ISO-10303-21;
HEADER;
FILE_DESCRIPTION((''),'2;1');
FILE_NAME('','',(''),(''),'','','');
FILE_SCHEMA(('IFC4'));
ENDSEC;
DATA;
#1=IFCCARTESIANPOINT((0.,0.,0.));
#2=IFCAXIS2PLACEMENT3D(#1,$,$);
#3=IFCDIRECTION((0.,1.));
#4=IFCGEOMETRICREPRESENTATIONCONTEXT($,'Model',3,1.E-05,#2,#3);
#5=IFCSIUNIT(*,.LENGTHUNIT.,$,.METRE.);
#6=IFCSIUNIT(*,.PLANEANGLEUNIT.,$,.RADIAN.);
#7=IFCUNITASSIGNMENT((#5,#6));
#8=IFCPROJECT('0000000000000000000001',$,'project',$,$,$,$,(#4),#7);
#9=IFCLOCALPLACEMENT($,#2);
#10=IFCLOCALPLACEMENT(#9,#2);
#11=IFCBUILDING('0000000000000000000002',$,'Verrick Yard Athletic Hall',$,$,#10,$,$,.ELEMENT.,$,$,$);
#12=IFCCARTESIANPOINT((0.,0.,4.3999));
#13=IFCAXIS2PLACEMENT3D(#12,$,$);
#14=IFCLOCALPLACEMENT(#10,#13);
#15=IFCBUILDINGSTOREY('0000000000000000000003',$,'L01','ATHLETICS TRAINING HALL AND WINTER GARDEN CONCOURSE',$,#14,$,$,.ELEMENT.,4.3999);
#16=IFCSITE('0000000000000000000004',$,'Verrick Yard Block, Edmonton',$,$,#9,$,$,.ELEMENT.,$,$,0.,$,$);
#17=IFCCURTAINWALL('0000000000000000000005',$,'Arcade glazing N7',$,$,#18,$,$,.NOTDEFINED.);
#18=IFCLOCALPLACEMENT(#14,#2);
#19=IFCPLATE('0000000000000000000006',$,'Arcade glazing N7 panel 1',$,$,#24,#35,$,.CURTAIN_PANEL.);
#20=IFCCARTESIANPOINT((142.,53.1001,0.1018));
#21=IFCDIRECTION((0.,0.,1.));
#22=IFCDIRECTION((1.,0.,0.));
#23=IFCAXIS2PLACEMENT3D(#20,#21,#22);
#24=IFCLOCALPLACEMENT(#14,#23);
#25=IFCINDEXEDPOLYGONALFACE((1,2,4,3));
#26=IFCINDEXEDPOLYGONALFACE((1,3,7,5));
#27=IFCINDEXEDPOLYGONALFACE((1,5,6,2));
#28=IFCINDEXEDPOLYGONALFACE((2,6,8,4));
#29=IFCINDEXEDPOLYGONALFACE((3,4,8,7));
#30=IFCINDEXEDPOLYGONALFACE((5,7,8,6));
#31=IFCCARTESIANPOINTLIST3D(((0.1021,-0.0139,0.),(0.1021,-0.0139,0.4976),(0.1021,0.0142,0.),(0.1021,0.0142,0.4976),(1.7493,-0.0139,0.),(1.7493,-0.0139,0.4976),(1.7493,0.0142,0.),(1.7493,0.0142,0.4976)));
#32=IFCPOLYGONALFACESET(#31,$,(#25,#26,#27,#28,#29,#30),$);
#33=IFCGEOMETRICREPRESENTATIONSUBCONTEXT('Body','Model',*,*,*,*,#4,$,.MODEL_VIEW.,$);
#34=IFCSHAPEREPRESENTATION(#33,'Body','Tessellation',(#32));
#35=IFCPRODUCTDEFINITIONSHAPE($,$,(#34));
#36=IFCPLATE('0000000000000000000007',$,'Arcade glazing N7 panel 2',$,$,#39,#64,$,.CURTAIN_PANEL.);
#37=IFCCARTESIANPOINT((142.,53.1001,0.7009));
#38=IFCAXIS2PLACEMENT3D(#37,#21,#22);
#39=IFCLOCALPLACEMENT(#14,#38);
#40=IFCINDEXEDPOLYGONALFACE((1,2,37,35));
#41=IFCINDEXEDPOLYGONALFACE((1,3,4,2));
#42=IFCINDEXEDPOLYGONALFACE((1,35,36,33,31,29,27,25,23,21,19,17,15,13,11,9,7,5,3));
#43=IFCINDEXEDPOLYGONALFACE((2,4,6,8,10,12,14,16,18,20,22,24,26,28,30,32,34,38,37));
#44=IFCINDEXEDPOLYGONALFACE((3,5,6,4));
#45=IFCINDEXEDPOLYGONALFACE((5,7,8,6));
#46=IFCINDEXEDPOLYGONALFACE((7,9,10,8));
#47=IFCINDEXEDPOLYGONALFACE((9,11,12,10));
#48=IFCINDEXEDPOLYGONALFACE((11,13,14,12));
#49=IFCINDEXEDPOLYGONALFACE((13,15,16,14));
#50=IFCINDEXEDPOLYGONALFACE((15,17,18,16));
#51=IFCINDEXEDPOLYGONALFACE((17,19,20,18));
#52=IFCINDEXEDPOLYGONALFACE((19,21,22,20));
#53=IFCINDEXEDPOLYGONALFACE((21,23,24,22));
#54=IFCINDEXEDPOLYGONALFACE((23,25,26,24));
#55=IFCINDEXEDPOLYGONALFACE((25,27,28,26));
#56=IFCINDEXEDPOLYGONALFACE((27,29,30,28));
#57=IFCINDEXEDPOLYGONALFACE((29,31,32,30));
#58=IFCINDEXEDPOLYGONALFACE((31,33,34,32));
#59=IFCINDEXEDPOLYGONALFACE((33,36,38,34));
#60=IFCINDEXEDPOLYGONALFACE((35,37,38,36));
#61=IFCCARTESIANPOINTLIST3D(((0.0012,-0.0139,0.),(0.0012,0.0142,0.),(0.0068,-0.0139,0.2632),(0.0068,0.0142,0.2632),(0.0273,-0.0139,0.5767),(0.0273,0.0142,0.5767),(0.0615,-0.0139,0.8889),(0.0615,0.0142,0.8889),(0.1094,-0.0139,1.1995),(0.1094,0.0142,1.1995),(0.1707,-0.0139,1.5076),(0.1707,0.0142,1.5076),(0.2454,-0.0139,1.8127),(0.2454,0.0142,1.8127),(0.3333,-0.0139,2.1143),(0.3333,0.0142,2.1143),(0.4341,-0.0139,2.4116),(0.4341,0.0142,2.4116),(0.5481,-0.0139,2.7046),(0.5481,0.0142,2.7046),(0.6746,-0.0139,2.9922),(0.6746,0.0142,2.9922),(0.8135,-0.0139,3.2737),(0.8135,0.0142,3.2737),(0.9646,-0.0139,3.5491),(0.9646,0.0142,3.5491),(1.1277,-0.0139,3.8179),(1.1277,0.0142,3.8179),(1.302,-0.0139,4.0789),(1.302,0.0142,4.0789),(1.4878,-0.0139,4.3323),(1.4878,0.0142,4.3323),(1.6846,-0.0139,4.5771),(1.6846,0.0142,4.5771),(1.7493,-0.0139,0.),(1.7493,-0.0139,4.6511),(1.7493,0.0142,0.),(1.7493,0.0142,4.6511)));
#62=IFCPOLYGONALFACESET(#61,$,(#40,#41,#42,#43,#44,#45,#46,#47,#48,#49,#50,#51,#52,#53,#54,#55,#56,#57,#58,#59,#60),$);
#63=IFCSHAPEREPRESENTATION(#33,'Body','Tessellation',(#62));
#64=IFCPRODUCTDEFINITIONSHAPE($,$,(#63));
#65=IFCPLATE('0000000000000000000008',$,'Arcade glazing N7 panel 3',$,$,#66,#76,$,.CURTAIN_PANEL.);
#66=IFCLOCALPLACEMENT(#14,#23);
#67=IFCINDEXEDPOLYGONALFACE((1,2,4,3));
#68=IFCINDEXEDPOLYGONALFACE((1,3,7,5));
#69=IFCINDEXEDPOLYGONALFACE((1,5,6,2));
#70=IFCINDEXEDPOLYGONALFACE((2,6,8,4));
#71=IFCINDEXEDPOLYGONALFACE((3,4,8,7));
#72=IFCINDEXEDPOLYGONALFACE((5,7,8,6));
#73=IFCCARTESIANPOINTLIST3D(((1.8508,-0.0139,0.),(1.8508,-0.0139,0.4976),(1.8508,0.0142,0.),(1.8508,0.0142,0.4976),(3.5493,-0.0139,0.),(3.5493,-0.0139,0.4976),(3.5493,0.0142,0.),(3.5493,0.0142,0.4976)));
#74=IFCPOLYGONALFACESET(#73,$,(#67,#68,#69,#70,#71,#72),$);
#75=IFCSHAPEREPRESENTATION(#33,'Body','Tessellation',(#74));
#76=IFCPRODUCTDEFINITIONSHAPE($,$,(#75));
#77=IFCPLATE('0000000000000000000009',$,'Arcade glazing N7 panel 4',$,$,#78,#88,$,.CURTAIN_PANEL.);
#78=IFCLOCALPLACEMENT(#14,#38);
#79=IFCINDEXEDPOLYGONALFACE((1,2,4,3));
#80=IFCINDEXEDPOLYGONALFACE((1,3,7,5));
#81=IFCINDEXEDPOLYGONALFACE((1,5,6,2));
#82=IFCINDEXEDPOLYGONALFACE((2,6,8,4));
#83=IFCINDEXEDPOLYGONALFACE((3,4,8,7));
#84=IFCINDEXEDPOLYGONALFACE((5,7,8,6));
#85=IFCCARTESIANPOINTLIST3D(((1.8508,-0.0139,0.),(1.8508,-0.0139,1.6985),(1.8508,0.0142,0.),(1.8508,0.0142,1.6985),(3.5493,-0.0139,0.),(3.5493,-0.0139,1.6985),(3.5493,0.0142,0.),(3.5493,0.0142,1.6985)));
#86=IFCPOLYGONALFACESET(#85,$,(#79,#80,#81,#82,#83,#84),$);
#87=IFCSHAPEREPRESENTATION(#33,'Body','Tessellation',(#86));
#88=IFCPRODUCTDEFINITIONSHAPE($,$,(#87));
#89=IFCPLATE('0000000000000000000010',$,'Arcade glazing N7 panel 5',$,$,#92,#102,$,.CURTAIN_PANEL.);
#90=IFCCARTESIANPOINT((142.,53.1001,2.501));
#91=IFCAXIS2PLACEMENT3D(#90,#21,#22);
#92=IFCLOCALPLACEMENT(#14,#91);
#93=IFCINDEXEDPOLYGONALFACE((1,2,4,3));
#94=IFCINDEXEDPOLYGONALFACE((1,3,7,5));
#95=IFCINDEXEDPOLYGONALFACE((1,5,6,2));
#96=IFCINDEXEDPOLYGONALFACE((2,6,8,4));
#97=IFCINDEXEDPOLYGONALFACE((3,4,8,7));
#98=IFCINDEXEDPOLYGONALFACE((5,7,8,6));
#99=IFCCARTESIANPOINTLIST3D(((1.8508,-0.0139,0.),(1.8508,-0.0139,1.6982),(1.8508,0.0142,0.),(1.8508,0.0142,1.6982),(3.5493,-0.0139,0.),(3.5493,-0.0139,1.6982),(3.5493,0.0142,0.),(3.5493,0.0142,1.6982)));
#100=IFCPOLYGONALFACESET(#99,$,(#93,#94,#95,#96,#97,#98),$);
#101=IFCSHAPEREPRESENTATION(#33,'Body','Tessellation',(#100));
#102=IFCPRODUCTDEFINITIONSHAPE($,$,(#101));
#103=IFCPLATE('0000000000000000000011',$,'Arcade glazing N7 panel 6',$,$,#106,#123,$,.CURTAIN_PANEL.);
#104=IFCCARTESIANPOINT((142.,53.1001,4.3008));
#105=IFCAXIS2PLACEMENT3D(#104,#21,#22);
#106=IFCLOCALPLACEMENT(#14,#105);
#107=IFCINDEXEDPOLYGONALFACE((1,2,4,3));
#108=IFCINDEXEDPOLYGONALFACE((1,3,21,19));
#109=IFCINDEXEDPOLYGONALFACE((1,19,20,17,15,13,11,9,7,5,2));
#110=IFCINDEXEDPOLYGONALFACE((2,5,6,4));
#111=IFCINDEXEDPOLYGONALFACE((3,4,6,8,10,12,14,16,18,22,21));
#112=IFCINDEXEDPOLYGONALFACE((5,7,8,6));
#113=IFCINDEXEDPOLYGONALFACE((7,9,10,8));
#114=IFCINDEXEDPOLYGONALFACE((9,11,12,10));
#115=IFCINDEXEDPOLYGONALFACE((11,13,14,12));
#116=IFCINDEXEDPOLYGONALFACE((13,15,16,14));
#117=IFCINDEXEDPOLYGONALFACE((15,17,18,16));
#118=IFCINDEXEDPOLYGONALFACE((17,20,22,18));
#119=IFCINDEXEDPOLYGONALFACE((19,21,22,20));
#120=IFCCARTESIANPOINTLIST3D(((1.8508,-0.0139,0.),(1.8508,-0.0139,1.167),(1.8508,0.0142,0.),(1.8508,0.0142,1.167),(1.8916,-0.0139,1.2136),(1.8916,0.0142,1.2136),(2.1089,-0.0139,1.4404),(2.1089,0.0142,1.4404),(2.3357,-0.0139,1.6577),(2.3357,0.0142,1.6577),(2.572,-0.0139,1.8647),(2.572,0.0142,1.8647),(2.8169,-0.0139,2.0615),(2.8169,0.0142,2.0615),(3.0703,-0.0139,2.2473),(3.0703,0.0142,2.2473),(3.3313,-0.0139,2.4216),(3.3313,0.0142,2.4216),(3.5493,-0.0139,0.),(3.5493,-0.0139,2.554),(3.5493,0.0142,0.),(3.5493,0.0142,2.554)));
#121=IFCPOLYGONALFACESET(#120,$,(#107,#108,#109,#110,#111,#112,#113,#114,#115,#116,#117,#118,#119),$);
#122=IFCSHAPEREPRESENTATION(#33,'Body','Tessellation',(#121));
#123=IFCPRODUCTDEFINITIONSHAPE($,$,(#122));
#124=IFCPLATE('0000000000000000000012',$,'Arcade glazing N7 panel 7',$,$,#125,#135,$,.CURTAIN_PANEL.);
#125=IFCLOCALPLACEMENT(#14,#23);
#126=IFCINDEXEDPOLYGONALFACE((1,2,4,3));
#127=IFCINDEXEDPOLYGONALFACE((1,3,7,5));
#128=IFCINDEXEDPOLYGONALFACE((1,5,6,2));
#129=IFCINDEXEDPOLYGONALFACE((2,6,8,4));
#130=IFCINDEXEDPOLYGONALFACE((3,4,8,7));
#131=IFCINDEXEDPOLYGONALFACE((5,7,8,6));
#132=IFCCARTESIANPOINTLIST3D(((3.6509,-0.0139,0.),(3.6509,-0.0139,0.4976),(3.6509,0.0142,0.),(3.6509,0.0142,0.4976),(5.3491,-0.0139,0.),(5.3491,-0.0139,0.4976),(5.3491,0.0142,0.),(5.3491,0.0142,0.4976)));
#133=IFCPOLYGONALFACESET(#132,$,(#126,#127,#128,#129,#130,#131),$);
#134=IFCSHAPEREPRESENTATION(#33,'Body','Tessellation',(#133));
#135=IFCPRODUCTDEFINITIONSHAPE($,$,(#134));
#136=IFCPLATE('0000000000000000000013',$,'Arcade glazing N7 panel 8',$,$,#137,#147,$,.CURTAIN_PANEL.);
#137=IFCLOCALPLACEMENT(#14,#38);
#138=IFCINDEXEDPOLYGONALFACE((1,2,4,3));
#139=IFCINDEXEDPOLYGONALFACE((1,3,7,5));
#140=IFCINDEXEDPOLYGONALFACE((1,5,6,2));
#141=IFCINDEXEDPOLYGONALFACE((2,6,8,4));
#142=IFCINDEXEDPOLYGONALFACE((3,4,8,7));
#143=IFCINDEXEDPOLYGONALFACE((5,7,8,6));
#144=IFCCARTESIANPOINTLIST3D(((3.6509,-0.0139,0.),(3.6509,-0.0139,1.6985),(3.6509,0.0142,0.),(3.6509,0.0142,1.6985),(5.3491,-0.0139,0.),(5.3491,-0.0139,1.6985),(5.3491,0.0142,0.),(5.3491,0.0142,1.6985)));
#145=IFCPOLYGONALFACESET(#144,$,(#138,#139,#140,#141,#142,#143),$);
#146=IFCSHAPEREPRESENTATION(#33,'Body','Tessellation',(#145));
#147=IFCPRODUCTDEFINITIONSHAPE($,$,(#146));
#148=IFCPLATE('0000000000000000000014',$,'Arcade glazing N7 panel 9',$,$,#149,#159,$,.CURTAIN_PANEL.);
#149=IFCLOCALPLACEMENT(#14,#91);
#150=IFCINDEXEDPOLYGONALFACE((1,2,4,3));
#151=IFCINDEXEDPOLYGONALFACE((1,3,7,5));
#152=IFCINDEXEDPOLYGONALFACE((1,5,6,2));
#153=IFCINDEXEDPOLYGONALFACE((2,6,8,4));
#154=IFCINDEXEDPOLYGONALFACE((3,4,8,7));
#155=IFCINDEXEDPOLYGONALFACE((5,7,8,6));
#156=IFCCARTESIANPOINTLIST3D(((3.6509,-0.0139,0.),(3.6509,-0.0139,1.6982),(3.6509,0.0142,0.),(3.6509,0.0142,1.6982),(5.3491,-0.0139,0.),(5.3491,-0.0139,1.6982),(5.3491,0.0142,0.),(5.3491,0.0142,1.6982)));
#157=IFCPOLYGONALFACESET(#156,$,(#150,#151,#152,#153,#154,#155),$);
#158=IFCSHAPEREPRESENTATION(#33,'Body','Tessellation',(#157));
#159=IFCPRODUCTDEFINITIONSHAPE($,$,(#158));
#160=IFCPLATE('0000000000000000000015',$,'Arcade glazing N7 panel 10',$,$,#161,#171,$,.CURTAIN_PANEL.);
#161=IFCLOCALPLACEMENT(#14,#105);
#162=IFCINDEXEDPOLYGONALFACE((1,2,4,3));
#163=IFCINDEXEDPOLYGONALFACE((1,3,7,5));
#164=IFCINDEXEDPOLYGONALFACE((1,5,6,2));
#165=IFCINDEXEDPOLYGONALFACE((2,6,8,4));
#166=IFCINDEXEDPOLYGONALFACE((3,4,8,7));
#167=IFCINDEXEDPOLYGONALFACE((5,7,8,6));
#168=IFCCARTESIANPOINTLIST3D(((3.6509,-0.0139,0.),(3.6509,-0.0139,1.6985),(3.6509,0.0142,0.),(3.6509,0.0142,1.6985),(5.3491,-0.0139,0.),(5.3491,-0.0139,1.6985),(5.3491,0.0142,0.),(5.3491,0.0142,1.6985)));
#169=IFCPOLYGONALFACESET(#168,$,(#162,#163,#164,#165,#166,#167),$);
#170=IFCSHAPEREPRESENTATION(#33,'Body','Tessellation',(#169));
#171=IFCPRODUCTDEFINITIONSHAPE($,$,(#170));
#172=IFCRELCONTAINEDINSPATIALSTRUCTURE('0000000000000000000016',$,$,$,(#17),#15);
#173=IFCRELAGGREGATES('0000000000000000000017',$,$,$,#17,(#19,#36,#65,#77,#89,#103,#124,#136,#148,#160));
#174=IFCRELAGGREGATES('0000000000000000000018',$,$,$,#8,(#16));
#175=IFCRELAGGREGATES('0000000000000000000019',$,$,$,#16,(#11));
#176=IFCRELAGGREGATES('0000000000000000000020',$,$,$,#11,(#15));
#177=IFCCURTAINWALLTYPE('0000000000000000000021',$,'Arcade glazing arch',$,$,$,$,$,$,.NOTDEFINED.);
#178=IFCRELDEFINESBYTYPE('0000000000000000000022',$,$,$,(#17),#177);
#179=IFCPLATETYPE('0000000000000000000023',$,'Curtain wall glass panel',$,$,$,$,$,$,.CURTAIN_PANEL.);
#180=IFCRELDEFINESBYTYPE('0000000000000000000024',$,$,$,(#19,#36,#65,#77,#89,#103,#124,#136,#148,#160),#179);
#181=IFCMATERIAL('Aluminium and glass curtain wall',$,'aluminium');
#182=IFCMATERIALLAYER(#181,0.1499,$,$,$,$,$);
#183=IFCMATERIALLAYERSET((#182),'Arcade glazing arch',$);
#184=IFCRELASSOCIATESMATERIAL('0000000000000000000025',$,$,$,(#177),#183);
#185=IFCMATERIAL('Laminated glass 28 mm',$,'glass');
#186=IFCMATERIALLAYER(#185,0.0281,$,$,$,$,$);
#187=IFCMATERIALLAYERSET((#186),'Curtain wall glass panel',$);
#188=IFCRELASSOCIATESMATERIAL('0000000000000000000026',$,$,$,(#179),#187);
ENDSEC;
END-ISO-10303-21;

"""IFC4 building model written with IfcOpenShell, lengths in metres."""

from ifc_helpers import new_model, si_unit, direction, frame, origin, place, context, subcontext, project, spatial, polyline, outline, extrude, material, layer, layer_set, type_object, element, aggregate, save


model = new_model("IFC4")

# Units and contexts
model_context = context("Model", 3, precision=1e-05, world=origin(), true_north=direction((0.0, 1.0)))
body_context = subcontext(model_context, "Body", "Model", "MODEL_VIEW")
ifc_project = project(units=[si_unit("LENGTHUNIT", "METRE"), si_unit("PLANEANGLEUNIT", "RADIAN")], contexts=[model_context])

# Site, building, storey
site_placement = place(None, origin())
site = spatial("IfcSite", under=ifc_project, at=site_placement, Name="Verrick Yard Block, Edmonton", CompositionType="ELEMENT", RefElevation=0.0)
building_placement = place(site_placement, origin())
building = spatial("IfcBuilding", under=site, at=building_placement, Name="Verrick Yard Athletic Hall", CompositionType="ELEMENT")
storey_placement = place(building_placement, frame((0.0, 0.0, 4.3999)))
storey = spatial("IfcBuildingStorey", under=building, at=storey_placement, Name="L01", Description="ATHLETICS TRAINING HALL AND WINTER GARDEN CONCOURSE", CompositionType="ELEMENT", Elevation=4.3999)

# Shared definitions
ifc_material_1 = material(Name="Aluminium and glass curtain wall", Category="aluminium")
ifc_layer_1 = layer(ifc_material_1, 0.1499)
ifc_layer_set_1 = layer_set([ifc_layer_1], Name="Arcade glazing arch")
curtain_wall_type = type_object("IfcCurtainWallType", Name="Arcade glazing arch", PredefinedType="NOTDEFINED", material=ifc_layer_set_1)

# Curtain wall, plates
curtain_wall_1_placement = place(storey_placement, origin())
curtain_wall_1 = element("IfcCurtainWall", 1, at=curtain_wall_1_placement, inside=storey, type_object=curtain_wall_type, Name="Arcade glazing N7", PredefinedType="NOTDEFINED")
ifc_material_2 = material(Name="Laminated glass 28 mm", Category="glass")
ifc_layer_2 = layer(ifc_material_2, 0.0281)
ifc_layer_set_2 = layer_set([ifc_layer_2], Name="Curtain wall glass panel")
plate_type = type_object("IfcPlateType", Name="Curtain wall glass panel", PredefinedType="CURTAIN_PANEL", material=ifc_layer_set_2)
plate_1_placement = place(storey_placement, frame((142.0, 53.1001, 0.1018), z_axis=(0.0, 0.0, 1.0), x_axis=(1.0, 0.0, 0.0)))
plate_1 = element("IfcPlate", 2, at=plate_1_placement, type_object=plate_type, Name="Arcade glazing N7 panel 1", PredefinedType="CURTAIN_PANEL", context=body_context, shape_type="SweptSolid", body=[
    extrude(outline(polyline([(1.7493, 0.0), (1.7493, 0.4976), (0.1021, 0.4976), (0.1021, 0.0), (1.7493, 0.0)])), frame((0.0, 0.0142, 0.0), z_axis=(0.0, -1.0, 0.0), x_axis=(1.0, 0.0, 0.0)), (0.0, 0.0, 1.0), 0.0281),
])
plate_2_placement = place(storey_placement, frame((142.0, 53.1001, 0.7009), z_axis=(0.0, 0.0, 1.0), x_axis=(1.0, 0.0, 0.0)))
plate_2 = element("IfcPlate", 3, at=plate_2_placement, type_object=plate_type, Name="Arcade glazing N7 panel 2", PredefinedType="CURTAIN_PANEL", context=body_context, shape_type="SweptSolid", body=[
    extrude(outline(polyline([(1.7493, 4.6511), (1.6846, 4.5771), (1.4878, 4.3323), (1.302, 4.0789), (1.1277, 3.8179), (0.9646, 3.5491), (0.8135, 3.2737), (0.6746, 2.9922), (0.5481, 2.7046), (0.4341, 2.4116), (0.3333, 2.1143), (0.2454, 1.8127), (0.1707, 1.5076), (0.1094, 1.1995), (0.0615, 0.8889), (0.0273, 0.5767), (0.0068, 0.2632), (0.0012, 0.0), (1.7493, 0.0), (1.7493, 4.6511)])), frame((0.0, 0.0142, 0.0), z_axis=(0.0, -1.0, 0.0), x_axis=(1.0, 0.0, 0.0)), (0.0, 0.0, 1.0), 0.0281),
])
plate_3_placement = place(storey_placement, frame((142.0, 53.1001, 0.1018), z_axis=(0.0, 0.0, 1.0), x_axis=(1.0, 0.0, 0.0)))
plate_3 = element("IfcPlate", 4, at=plate_3_placement, type_object=plate_type, Name="Arcade glazing N7 panel 3", PredefinedType="CURTAIN_PANEL", context=body_context, shape_type="SweptSolid", body=[
    extrude(outline(polyline([(3.5493, 0.0), (3.5493, 0.4976), (1.8508, 0.4976), (1.8508, 0.0), (3.5493, 0.0)])), frame((0.0, 0.0142, 0.0), z_axis=(0.0, -1.0, 0.0), x_axis=(1.0, 0.0, 0.0)), (0.0, 0.0, 1.0), 0.0281),
])
plate_4_placement = place(storey_placement, frame((142.0, 53.1001, 0.7009), z_axis=(0.0, 0.0, 1.0), x_axis=(1.0, 0.0, 0.0)))
plate_4 = element("IfcPlate", 5, at=plate_4_placement, type_object=plate_type, Name="Arcade glazing N7 panel 4", PredefinedType="CURTAIN_PANEL", context=body_context, shape_type="SweptSolid", body=[
    extrude(outline(polyline([(3.5493, 0.0), (3.5493, 1.6985), (1.8508, 1.6985), (1.8508, 0.0), (3.5493, 0.0)])), frame((0.0, 0.0142, 0.0), z_axis=(0.0, -1.0, 0.0), x_axis=(1.0, 0.0, 0.0)), (0.0, 0.0, 1.0), 0.0281),
])
plate_5_placement = place(storey_placement, frame((142.0, 53.1001, 2.501), z_axis=(0.0, 0.0, 1.0), x_axis=(1.0, 0.0, 0.0)))
plate_5 = element("IfcPlate", 6, at=plate_5_placement, type_object=plate_type, Name="Arcade glazing N7 panel 5", PredefinedType="CURTAIN_PANEL", context=body_context, shape_type="SweptSolid", body=[
    extrude(outline(polyline([(3.5493, 0.0), (3.5493, 1.6982), (1.8508, 1.6982), (1.8508, 0.0), (3.5493, 0.0)])), frame((0.0, 0.0142, 0.0), z_axis=(0.0, -1.0, 0.0), x_axis=(1.0, 0.0, 0.0)), (0.0, 0.0, 1.0), 0.0281),
])
plate_6_placement = place(storey_placement, frame((142.0, 53.1001, 4.3008), z_axis=(0.0, 0.0, 1.0), x_axis=(1.0, 0.0, 0.0)))
plate_6 = element("IfcPlate", 7, at=plate_6_placement, type_object=plate_type, Name="Arcade glazing N7 panel 6", PredefinedType="CURTAIN_PANEL", context=body_context, shape_type="SweptSolid", body=[
    extrude(outline(polyline([(3.5493, 2.554), (3.3313, 2.4216), (3.0703, 2.2473), (2.8169, 2.0615), (2.572, 1.8647), (2.3357, 1.6577), (2.1089, 1.4404), (1.8916, 1.2136), (1.8508, 1.167), (1.8508, 0.0), (3.5493, 0.0), (3.5493, 2.554)])), frame((0.0, 0.0142, 0.0), z_axis=(0.0, -1.0, 0.0), x_axis=(1.0, 0.0, 0.0)), (0.0, 0.0, 1.0), 0.0281),
])
plate_7_placement = place(storey_placement, frame((142.0, 53.1001, 0.1018), z_axis=(0.0, 0.0, 1.0), x_axis=(1.0, 0.0, 0.0)))
plate_7 = element("IfcPlate", 8, at=plate_7_placement, type_object=plate_type, Name="Arcade glazing N7 panel 7", PredefinedType="CURTAIN_PANEL", context=body_context, shape_type="SweptSolid", body=[
    extrude(outline(polyline([(5.3491, 0.0), (5.3491, 0.4976), (3.6509, 0.4976), (3.6509, 0.0), (5.3491, 0.0)])), frame((0.0, 0.0142, 0.0), z_axis=(0.0, -1.0, 0.0), x_axis=(1.0, 0.0, 0.0)), (0.0, 0.0, 1.0), 0.0281),
])
plate_8_placement = place(storey_placement, frame((142.0, 53.1001, 0.7009), z_axis=(0.0, 0.0, 1.0), x_axis=(1.0, 0.0, 0.0)))
plate_8 = element("IfcPlate", 9, at=plate_8_placement, type_object=plate_type, Name="Arcade glazing N7 panel 8", PredefinedType="CURTAIN_PANEL", context=body_context, shape_type="SweptSolid", body=[
    extrude(outline(polyline([(5.3491, 0.0), (5.3491, 1.6985), (3.6509, 1.6985), (3.6509, 0.0), (5.3491, 0.0)])), frame((0.0, 0.0142, 0.0), z_axis=(0.0, -1.0, 0.0), x_axis=(1.0, 0.0, 0.0)), (0.0, 0.0, 1.0), 0.0281),
])
plate_9_placement = place(storey_placement, frame((142.0, 53.1001, 2.501), z_axis=(0.0, 0.0, 1.0), x_axis=(1.0, 0.0, 0.0)))
plate_9 = element("IfcPlate", 10, at=plate_9_placement, type_object=plate_type, Name="Arcade glazing N7 panel 9", PredefinedType="CURTAIN_PANEL", context=body_context, shape_type="SweptSolid", body=[
    extrude(outline(polyline([(5.3491, 0.0), (5.3491, 1.6982), (3.6509, 1.6982), (3.6509, 0.0), (5.3491, 0.0)])), frame((0.0, 0.0142, 0.0), z_axis=(0.0, -1.0, 0.0), x_axis=(1.0, 0.0, 0.0)), (0.0, 0.0, 1.0), 0.0281),
])
plate_10_placement = place(storey_placement, frame((142.0, 53.1001, 4.3008), z_axis=(0.0, 0.0, 1.0), x_axis=(1.0, 0.0, 0.0)))
plate_10 = element("IfcPlate", 11, at=plate_10_placement, type_object=plate_type, Name="Arcade glazing N7 panel 10", PredefinedType="CURTAIN_PANEL", context=body_context, shape_type="SweptSolid", body=[
    extrude(outline(polyline([(5.3491, 0.0), (5.3491, 1.6985), (3.6509, 1.6985), (3.6509, 0.0), (5.3491, 0.0)])), frame((0.0, 0.0142, 0.0), z_axis=(0.0, -1.0, 0.0), x_axis=(1.0, 0.0, 0.0)), (0.0, 0.0, 1.0), 0.0281),
])
aggregate(curtain_wall_1, [plate_1, plate_2, plate_3, plate_4, plate_5, plate_6, plate_7, plate_8, plate_9, plate_10])

save(model, "model.ifc")
